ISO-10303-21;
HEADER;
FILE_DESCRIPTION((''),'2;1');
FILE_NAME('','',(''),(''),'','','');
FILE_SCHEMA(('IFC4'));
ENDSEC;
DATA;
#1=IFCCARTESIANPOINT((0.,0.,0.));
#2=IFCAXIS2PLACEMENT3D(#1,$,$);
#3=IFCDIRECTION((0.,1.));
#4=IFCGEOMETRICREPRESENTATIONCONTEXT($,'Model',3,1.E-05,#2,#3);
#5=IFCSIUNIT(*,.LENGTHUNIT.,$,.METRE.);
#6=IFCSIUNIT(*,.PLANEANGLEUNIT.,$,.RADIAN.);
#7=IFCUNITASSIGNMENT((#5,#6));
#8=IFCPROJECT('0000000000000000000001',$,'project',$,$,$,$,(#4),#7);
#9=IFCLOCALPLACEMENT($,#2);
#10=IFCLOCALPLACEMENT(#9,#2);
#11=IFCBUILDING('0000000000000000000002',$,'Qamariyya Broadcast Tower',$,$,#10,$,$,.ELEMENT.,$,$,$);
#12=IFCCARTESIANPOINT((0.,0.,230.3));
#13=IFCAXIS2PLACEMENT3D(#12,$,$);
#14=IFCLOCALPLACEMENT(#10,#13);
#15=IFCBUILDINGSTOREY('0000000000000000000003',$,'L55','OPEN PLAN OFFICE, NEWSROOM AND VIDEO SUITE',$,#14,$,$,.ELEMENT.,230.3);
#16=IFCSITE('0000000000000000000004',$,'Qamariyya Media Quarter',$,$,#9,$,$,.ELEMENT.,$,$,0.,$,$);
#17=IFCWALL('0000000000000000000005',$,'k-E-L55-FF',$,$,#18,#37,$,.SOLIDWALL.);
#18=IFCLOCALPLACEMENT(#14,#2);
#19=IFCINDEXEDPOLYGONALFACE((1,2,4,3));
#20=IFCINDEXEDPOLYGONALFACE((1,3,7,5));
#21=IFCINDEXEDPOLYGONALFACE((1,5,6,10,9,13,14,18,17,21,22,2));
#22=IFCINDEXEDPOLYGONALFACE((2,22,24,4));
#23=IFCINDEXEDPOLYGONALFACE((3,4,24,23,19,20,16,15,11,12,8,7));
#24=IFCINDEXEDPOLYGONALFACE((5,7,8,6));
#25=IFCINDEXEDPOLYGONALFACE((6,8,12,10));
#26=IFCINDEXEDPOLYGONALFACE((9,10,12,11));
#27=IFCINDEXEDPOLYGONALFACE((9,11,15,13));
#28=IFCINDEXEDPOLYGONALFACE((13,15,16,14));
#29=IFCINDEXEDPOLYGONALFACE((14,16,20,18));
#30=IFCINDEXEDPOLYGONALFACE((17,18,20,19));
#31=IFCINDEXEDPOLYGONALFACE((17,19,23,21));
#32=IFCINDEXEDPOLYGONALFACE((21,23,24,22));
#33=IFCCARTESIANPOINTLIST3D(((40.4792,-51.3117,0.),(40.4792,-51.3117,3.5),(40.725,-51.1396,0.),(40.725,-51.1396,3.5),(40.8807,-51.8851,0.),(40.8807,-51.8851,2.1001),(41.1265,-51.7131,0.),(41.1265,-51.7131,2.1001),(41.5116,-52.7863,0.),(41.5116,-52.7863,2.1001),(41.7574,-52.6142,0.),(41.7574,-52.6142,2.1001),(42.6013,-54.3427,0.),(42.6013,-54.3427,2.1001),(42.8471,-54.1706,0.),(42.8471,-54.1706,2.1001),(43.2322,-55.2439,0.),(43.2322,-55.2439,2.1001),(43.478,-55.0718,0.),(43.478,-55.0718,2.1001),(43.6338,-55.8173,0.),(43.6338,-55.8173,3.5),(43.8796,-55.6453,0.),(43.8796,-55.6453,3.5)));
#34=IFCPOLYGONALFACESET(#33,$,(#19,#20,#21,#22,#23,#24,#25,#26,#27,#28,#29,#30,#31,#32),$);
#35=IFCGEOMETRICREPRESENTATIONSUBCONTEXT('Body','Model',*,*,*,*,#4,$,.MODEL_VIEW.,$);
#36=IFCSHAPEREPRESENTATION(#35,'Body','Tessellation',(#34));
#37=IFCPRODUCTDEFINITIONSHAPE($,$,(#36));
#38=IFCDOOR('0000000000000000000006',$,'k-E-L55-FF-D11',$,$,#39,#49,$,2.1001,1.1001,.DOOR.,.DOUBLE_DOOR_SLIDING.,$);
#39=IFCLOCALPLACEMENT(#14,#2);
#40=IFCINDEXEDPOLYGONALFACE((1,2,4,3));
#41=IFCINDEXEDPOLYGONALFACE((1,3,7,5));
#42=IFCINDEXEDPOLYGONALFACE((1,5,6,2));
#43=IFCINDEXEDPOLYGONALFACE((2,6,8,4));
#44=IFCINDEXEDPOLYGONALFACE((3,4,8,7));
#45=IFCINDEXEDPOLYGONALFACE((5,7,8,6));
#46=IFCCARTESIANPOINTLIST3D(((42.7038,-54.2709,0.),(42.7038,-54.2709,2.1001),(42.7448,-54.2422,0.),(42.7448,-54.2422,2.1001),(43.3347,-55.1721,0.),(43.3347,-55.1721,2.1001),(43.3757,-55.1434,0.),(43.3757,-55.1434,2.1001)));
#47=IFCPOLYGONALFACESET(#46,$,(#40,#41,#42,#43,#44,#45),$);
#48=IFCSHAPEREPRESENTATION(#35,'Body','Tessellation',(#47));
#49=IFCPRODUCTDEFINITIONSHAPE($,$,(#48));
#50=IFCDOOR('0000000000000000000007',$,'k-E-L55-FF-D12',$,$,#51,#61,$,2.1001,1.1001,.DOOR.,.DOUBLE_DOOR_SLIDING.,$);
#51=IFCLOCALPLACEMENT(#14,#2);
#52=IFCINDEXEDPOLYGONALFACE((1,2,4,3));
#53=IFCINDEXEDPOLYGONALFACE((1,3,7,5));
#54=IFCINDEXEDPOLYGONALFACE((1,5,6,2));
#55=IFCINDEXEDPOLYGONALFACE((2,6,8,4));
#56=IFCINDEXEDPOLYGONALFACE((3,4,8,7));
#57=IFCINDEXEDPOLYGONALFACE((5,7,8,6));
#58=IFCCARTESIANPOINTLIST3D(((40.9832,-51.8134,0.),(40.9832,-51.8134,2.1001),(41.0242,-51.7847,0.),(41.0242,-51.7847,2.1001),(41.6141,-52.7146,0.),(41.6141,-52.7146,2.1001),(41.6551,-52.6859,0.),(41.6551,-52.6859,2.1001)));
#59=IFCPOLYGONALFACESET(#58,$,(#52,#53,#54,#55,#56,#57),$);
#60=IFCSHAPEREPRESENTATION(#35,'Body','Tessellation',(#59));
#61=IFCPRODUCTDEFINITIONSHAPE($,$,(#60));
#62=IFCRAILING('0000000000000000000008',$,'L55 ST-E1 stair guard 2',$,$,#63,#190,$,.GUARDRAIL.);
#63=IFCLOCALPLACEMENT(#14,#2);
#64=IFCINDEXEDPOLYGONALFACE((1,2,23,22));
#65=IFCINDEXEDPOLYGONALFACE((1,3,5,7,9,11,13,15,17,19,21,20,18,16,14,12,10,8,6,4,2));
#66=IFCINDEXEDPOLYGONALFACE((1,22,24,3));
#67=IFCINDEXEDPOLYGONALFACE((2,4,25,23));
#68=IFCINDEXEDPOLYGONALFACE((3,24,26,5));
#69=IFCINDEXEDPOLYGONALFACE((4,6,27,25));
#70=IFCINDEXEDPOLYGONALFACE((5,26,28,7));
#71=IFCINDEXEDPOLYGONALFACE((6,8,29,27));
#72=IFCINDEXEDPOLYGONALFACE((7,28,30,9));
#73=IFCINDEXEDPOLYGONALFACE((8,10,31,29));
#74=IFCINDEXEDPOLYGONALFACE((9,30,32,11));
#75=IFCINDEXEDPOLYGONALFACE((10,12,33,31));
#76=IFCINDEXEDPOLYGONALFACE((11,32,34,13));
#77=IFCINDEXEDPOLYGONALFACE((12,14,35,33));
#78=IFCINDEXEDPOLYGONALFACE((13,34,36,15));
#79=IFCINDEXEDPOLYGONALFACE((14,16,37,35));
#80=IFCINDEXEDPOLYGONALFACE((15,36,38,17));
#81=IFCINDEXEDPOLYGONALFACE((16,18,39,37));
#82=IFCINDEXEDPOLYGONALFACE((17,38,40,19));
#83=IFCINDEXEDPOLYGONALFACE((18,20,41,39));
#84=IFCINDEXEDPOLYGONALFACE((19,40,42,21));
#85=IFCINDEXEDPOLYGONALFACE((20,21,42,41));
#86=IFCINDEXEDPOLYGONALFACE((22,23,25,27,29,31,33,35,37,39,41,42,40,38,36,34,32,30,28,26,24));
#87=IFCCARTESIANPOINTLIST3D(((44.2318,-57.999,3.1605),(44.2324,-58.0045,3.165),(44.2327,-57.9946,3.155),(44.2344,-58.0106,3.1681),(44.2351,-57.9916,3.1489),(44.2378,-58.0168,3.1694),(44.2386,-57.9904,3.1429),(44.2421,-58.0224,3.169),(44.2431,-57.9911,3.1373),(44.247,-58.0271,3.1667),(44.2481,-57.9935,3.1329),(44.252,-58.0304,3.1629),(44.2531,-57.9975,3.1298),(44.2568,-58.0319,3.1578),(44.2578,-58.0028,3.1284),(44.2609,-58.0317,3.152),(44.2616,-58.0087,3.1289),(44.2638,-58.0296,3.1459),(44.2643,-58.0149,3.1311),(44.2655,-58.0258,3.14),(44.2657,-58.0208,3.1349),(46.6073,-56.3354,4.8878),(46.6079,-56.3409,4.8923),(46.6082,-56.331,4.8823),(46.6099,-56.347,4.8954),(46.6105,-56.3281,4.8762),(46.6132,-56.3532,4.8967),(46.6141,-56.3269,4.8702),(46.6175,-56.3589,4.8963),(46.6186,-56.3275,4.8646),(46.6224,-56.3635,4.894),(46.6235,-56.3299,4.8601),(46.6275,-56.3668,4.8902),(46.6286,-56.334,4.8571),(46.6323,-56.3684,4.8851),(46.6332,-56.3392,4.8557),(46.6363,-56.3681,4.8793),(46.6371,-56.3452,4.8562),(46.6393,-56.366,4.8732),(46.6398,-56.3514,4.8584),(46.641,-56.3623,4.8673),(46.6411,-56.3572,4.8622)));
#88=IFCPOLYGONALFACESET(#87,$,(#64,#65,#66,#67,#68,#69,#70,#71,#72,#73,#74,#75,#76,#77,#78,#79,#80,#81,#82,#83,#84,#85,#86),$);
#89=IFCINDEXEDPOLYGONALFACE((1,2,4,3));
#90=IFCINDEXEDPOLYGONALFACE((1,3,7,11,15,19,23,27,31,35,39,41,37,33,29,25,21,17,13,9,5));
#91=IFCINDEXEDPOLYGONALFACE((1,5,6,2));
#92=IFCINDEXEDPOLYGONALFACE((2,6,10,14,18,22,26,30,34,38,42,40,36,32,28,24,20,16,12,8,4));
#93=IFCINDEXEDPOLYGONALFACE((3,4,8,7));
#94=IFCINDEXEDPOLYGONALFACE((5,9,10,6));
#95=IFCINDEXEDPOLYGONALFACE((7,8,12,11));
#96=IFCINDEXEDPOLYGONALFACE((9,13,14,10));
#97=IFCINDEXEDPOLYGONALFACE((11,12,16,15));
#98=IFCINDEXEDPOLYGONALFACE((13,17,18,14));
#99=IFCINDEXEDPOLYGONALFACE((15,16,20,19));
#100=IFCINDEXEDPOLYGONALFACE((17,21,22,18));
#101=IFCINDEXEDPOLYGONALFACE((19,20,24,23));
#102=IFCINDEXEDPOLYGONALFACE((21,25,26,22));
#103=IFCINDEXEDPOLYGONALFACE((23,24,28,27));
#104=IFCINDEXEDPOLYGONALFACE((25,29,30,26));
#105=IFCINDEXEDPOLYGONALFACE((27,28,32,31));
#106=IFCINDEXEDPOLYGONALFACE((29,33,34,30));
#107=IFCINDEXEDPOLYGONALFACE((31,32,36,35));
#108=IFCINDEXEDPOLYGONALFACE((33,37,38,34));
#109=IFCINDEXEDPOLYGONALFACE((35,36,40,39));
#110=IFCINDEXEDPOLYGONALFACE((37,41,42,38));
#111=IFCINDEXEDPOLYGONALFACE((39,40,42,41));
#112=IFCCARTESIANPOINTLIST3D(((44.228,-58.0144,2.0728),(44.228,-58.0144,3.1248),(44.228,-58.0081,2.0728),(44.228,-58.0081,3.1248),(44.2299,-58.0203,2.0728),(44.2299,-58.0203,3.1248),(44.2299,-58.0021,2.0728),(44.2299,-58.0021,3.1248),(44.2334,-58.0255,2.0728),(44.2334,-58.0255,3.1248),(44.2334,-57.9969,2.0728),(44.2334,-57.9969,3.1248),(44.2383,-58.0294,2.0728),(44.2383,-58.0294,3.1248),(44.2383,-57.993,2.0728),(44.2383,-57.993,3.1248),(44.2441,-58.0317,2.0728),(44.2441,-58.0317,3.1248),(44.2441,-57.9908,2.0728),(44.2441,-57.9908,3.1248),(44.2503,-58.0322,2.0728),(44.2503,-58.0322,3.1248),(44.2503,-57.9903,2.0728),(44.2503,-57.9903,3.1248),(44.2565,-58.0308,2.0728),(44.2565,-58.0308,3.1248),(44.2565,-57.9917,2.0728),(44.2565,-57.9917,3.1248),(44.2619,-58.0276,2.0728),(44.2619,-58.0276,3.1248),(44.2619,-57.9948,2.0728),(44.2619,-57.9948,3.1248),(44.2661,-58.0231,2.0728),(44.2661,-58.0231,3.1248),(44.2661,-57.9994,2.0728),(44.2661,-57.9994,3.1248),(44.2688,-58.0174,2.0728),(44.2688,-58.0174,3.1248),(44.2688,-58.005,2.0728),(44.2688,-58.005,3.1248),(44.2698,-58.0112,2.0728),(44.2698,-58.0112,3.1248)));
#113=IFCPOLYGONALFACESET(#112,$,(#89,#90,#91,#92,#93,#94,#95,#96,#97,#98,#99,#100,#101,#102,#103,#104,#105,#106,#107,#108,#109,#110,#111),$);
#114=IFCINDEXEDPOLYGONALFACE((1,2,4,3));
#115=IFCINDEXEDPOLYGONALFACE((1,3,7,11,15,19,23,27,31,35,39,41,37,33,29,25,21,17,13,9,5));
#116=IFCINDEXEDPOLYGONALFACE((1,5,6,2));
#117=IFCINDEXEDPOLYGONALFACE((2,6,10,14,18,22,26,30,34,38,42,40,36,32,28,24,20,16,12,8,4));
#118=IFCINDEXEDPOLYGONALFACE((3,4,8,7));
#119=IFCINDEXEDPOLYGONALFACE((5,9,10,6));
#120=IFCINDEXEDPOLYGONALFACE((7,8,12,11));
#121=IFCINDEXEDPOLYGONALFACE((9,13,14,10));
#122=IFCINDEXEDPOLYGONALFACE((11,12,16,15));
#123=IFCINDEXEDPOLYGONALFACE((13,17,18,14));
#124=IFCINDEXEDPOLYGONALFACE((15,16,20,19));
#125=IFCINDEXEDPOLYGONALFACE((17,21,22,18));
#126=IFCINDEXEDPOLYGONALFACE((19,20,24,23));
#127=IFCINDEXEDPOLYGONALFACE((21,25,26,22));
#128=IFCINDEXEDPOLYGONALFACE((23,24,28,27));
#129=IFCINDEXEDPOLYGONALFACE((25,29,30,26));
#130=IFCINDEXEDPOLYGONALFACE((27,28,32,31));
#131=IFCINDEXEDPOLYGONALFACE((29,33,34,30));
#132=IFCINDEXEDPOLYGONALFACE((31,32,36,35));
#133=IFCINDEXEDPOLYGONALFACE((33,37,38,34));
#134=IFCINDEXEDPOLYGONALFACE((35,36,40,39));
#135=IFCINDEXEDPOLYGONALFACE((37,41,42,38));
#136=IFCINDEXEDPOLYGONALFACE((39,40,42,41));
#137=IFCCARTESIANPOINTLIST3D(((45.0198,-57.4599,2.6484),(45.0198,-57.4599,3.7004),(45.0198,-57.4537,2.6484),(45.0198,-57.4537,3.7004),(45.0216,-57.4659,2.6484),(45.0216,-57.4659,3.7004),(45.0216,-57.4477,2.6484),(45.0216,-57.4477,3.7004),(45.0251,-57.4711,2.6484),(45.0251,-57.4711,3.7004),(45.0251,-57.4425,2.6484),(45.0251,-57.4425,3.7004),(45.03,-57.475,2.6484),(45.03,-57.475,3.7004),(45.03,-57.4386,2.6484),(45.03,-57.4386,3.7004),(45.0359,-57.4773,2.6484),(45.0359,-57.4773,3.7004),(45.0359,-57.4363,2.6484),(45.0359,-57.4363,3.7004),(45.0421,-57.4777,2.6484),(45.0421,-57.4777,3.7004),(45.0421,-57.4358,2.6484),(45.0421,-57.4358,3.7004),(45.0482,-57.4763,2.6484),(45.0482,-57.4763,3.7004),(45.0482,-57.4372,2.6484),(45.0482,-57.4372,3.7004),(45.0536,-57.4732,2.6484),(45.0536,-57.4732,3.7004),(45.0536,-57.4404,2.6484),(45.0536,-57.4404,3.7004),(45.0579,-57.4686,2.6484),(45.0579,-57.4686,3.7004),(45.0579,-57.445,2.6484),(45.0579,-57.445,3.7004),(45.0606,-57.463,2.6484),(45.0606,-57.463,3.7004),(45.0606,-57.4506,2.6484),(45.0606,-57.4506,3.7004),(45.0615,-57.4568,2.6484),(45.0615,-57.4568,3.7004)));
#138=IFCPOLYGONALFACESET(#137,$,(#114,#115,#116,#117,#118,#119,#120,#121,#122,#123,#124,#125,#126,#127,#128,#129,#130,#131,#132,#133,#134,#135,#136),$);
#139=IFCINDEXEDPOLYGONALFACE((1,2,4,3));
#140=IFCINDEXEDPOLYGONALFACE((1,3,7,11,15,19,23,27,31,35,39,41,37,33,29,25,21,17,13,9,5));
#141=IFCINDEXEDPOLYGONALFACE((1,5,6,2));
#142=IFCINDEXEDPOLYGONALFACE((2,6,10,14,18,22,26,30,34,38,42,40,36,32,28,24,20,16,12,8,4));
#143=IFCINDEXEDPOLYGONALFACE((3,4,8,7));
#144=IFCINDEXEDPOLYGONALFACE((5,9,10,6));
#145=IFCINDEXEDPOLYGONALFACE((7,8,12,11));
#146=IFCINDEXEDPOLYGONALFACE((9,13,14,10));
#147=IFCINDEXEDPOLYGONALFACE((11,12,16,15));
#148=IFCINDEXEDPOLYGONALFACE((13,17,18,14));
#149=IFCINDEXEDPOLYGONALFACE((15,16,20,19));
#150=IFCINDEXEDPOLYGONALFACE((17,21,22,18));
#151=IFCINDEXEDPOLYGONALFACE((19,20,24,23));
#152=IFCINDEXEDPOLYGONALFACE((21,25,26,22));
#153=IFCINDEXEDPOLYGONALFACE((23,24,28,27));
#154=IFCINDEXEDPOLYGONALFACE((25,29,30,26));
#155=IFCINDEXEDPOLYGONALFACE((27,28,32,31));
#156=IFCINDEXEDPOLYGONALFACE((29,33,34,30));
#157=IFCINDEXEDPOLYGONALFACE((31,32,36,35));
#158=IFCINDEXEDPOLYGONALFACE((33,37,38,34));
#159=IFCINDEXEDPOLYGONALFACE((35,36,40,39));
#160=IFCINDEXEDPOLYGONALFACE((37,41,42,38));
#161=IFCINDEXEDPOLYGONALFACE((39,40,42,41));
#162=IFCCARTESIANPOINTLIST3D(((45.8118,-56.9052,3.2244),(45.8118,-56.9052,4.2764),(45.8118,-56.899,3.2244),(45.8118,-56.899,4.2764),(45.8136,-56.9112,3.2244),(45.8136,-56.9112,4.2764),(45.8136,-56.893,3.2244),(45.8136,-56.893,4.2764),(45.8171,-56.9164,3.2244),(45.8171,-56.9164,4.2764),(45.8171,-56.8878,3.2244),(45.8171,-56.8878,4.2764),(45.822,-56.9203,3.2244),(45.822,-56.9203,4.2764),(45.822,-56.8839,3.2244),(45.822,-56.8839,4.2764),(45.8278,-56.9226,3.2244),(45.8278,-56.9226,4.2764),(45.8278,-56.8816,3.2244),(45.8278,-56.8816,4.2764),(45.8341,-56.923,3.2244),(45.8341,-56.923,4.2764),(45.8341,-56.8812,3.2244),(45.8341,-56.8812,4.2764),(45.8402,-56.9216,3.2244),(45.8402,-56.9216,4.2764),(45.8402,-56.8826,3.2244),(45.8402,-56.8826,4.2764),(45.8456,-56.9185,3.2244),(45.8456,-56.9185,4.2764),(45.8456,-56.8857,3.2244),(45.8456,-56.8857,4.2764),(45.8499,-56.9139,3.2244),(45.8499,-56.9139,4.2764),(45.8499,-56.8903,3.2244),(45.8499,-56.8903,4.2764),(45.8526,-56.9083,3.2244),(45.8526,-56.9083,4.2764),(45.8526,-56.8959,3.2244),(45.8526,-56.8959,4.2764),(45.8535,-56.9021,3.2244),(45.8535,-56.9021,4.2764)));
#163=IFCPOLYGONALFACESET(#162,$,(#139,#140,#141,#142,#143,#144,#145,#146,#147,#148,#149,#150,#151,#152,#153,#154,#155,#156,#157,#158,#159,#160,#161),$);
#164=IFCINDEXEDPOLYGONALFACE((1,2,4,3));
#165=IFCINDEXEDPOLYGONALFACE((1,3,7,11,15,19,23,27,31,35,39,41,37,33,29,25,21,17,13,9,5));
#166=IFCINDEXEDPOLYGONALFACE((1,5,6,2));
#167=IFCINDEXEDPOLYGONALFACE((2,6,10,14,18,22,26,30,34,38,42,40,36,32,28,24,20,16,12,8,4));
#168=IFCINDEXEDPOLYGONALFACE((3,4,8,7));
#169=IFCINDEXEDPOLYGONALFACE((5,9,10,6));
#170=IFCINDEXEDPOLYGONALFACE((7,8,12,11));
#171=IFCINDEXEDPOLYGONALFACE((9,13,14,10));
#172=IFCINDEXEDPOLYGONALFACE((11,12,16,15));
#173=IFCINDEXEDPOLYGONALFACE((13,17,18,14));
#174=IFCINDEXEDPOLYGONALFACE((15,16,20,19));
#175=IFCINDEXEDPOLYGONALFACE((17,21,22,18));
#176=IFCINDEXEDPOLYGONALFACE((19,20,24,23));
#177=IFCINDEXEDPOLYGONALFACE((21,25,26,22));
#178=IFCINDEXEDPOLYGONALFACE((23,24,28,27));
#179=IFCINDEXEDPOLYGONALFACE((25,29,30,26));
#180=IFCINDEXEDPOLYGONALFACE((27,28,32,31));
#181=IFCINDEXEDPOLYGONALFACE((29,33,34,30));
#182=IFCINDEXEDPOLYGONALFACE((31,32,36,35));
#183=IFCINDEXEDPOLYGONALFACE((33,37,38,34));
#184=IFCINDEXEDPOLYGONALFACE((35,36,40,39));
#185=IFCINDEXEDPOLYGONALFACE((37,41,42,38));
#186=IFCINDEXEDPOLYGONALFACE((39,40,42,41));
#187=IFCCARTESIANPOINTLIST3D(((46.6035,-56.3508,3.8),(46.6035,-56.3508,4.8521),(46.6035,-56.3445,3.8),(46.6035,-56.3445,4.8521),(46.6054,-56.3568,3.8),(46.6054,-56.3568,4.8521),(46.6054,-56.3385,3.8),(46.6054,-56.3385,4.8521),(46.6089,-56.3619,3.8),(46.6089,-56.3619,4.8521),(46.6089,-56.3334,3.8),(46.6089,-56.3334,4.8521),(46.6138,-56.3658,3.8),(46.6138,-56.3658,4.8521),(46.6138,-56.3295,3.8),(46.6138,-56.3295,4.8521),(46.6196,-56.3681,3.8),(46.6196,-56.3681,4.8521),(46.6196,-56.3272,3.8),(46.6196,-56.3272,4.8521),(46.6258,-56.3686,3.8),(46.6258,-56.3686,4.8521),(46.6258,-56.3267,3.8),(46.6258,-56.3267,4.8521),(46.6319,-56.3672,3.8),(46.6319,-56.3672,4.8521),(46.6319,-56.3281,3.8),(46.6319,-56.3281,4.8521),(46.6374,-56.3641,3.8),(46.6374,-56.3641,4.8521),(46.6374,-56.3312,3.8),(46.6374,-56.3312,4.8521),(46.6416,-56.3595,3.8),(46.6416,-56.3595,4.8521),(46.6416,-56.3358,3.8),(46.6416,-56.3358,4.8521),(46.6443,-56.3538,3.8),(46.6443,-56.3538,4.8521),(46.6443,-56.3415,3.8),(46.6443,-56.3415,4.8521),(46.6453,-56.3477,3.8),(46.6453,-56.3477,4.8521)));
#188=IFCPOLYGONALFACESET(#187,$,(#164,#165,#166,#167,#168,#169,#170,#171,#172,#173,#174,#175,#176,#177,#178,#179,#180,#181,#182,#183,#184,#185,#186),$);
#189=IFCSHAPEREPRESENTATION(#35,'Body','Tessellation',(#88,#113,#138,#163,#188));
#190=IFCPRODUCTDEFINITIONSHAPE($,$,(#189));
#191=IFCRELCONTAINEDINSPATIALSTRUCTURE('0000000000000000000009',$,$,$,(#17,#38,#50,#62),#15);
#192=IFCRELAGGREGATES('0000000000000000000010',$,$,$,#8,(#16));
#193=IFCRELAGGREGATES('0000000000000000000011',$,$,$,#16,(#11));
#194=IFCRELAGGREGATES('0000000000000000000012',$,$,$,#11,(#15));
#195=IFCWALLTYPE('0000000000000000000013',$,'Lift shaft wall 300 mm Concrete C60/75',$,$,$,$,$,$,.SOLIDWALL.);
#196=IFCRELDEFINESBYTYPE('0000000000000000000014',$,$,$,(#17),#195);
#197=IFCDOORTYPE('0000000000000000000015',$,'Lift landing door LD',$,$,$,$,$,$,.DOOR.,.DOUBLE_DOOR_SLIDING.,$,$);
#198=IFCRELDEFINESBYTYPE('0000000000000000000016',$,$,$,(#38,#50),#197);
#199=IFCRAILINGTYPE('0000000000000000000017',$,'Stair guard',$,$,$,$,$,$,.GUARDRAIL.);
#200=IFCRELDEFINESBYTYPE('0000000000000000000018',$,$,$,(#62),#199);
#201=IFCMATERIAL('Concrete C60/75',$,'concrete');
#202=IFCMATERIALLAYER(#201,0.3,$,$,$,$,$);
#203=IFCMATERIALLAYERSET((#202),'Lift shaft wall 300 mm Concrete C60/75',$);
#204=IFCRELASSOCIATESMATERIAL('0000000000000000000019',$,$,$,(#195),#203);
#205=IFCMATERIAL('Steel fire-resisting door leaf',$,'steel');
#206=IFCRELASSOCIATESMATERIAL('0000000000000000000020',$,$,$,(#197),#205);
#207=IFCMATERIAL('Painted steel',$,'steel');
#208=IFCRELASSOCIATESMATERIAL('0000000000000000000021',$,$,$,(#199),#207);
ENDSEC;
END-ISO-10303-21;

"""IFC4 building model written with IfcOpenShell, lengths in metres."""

from ifc_helpers import new_model, si_unit, direction, frame, frame_2d, origin, origin_2d, place, context, subcontext, project, spatial, rectangle, circle, extrude, material, layer, layer_set, type_object, element, fill, save


model = new_model("IFC4")

# Units and contexts
model_context = context("Model", 3, precision=1e-05, world=origin(), true_north=direction((0.0, 1.0)))
body_context = subcontext(model_context, "Body", "Model", "MODEL_VIEW")
ifc_project = project(units=[si_unit("LENGTHUNIT", "METRE"), si_unit("PLANEANGLEUNIT", "RADIAN")], contexts=[model_context])

# Site, building, storey
site_placement = place(None, origin())
site = spatial("IfcSite", under=ifc_project, at=site_placement, Name="Qamariyya Media Quarter", CompositionType="ELEMENT", RefElevation=0.0)
building_placement = place(site_placement, origin())
building = spatial("IfcBuilding", under=site, at=building_placement, Name="Qamariyya Broadcast Tower", CompositionType="ELEMENT")
storey_placement = place(building_placement, frame((0.0, 0.0, 230.3)))
storey = spatial("IfcBuildingStorey", under=building, at=storey_placement, Name="L55", Description="OPEN PLAN OFFICE, NEWSROOM AND VIDEO SUITE", CompositionType="ELEMENT", Elevation=230.3)

# Shared definitions
ifc_material_1 = material(Name="Concrete C60/75", Category="concrete")

# Shared definitions
ifc_material_2 = material(Name="Steel fire-resisting door leaf", Category="steel")

# Shared definitions
ifc_layer_1 = layer(ifc_material_1, 0.3)
ifc_layer_set_1 = layer_set([ifc_layer_1], Name="Lift shaft wall 300 mm Concrete C60/75")
wall_type_1 = type_object("IfcWallType", Name="Lift shaft wall 300 mm Concrete C60/75", PredefinedType="SOLIDWALL", material=ifc_layer_set_1)

# Wall, openings, doors
wall_1_placement = place(storey_placement, frame((43.7566, -55.7312, 0.0), z_axis=(0.0, 0.0, 1.0), x_axis=(-0.573537, 0.81918, 0.0)))
wall_1 = element("IfcWall", 1, at=wall_1_placement, inside=storey, type_object=wall_type_1, Name="k-E-L55-FF", PredefinedType="SOLIDWALL", context=body_context, shape_type="SweptSolid", body=[
    extrude(rectangle(XDim=5.5002, YDim=0.3, at=frame_2d((2.75, 0.0))), origin(), (0.0, 0.0, 1.0), 3.5),
])
opening_1_placement = place(wall_1_placement, frame((0.7, 0.0, 0.0)))
opening_1 = element("IfcOpeningElement", 2, at=opening_1_placement, cuts=wall_1, PredefinedType="OPENING", context=body_context, shape_type="SweptSolid", body=[
    extrude(rectangle(XDim=1.1001, YDim=2.1001, at=frame_2d((0.55, 1.05))), frame((0.0, 0.1599, 0.0), z_axis=(0.0, -1.0, 0.0), x_axis=(1.0, 0.0, 0.0)), (0.0, 0.0, 1.0), 0.3201),
])
opening_2_placement = place(wall_1_placement, frame((3.7, 0.0, 0.0)))
opening_2 = element("IfcOpeningElement", 3, at=opening_2_placement, cuts=wall_1, PredefinedType="OPENING", context=body_context, shape_type="SweptSolid", body=[
    extrude(rectangle(XDim=1.1001, YDim=2.1001, at=frame_2d((0.55, 1.05))), frame((0.0, 0.1599, 0.0), z_axis=(0.0, -1.0, 0.0), x_axis=(1.0, 0.0, 0.0)), (0.0, 0.0, 1.0), 0.3201),
])
door_type_1 = type_object("IfcDoorType", Name="Lift landing door LD", OperationType="DOUBLE_DOOR_SLIDING", PredefinedType="DOOR", material=ifc_material_2)
door_1_placement = place(opening_1_placement, origin())
door_1 = element("IfcDoor", 4, at=door_1_placement, inside=storey, type_object=door_type_1, Name="k-E-L55-FF-D11", OperationType="DOUBLE_DOOR_SLIDING", OverallHeight=2.1001, OverallWidth=1.1001, PredefinedType="DOOR", context=body_context, shape_type="SweptSolid", body=[
    extrude(rectangle(XDim=1.1001, YDim=2.1001, at=frame_2d((0.55, 1.05))), frame((0.0, 0.0249, 0.0), z_axis=(0.0, -1.0, 0.0), x_axis=(1.0, 0.0, 0.0)), (0.0, 0.0, 1.0), 0.05),
])
fill(opening_1, door_1)
door_2_placement = place(opening_2_placement, origin())
door_2 = element("IfcDoor", 5, at=door_2_placement, inside=storey, type_object=door_type_1, Name="k-E-L55-FF-D12", OperationType="DOUBLE_DOOR_SLIDING", OverallHeight=2.1001, OverallWidth=1.1001, PredefinedType="DOOR", context=body_context, shape_type="SweptSolid", body=[
    extrude(rectangle(XDim=1.1001, YDim=2.1001, at=frame_2d((0.55, 1.05))), frame((0.0, 0.0249, 0.0), z_axis=(0.0, -1.0, 0.0), x_axis=(1.0, 0.0, 0.0)), (0.0, 0.0, 1.0), 0.05),
])
fill(opening_2, door_2)

# Railing
ifc_material_3 = material(Name="Painted steel", Category="steel")
railing_type_1 = type_object("IfcRailingType", Name="Stair guard", PredefinedType="GUARDRAIL", material=ifc_material_3)
railing_1_placement = place(storey_placement, frame((44.2488, -58.0112, 2.0728)))
element("IfcRailing", 6, at=railing_1_placement, inside=storey, type_object=railing_type_1, Name="L55 ST-E1 stair guard 2", PredefinedType="GUARDRAIL", context=body_context, shape_type="SweptSolid", body=[
    extrude(circle(Radius=0.0239, at=origin_2d()), frame((0.0, 0.0, 1.0762), z_axis=(0.703745, 0.492838, 0.511716), x_axis=(-0.573632, 0.819113, 0.0)), (0.0, 0.0, 1.0), 3.3755),
    extrude(circle(Radius=0.021, at=origin_2d()), origin(), (0.0, 0.0, 1.0), 1.052),
    extrude(circle(Radius=0.021, at=origin_2d()), frame((0.7917, 0.5544, 0.5757)), (0.0, 0.0, 1.0), 1.052),
    extrude(circle(Radius=0.021, at=origin_2d()), frame((1.5837, 1.1091, 1.1516)), (0.0, 0.0, 1.0), 1.052),
    extrude(circle(Radius=0.021, at=origin_2d()), frame((2.3755, 1.6636, 1.7273)), (0.0, 0.0, 1.0), 1.052),
])

save(model, "model.ifc")
